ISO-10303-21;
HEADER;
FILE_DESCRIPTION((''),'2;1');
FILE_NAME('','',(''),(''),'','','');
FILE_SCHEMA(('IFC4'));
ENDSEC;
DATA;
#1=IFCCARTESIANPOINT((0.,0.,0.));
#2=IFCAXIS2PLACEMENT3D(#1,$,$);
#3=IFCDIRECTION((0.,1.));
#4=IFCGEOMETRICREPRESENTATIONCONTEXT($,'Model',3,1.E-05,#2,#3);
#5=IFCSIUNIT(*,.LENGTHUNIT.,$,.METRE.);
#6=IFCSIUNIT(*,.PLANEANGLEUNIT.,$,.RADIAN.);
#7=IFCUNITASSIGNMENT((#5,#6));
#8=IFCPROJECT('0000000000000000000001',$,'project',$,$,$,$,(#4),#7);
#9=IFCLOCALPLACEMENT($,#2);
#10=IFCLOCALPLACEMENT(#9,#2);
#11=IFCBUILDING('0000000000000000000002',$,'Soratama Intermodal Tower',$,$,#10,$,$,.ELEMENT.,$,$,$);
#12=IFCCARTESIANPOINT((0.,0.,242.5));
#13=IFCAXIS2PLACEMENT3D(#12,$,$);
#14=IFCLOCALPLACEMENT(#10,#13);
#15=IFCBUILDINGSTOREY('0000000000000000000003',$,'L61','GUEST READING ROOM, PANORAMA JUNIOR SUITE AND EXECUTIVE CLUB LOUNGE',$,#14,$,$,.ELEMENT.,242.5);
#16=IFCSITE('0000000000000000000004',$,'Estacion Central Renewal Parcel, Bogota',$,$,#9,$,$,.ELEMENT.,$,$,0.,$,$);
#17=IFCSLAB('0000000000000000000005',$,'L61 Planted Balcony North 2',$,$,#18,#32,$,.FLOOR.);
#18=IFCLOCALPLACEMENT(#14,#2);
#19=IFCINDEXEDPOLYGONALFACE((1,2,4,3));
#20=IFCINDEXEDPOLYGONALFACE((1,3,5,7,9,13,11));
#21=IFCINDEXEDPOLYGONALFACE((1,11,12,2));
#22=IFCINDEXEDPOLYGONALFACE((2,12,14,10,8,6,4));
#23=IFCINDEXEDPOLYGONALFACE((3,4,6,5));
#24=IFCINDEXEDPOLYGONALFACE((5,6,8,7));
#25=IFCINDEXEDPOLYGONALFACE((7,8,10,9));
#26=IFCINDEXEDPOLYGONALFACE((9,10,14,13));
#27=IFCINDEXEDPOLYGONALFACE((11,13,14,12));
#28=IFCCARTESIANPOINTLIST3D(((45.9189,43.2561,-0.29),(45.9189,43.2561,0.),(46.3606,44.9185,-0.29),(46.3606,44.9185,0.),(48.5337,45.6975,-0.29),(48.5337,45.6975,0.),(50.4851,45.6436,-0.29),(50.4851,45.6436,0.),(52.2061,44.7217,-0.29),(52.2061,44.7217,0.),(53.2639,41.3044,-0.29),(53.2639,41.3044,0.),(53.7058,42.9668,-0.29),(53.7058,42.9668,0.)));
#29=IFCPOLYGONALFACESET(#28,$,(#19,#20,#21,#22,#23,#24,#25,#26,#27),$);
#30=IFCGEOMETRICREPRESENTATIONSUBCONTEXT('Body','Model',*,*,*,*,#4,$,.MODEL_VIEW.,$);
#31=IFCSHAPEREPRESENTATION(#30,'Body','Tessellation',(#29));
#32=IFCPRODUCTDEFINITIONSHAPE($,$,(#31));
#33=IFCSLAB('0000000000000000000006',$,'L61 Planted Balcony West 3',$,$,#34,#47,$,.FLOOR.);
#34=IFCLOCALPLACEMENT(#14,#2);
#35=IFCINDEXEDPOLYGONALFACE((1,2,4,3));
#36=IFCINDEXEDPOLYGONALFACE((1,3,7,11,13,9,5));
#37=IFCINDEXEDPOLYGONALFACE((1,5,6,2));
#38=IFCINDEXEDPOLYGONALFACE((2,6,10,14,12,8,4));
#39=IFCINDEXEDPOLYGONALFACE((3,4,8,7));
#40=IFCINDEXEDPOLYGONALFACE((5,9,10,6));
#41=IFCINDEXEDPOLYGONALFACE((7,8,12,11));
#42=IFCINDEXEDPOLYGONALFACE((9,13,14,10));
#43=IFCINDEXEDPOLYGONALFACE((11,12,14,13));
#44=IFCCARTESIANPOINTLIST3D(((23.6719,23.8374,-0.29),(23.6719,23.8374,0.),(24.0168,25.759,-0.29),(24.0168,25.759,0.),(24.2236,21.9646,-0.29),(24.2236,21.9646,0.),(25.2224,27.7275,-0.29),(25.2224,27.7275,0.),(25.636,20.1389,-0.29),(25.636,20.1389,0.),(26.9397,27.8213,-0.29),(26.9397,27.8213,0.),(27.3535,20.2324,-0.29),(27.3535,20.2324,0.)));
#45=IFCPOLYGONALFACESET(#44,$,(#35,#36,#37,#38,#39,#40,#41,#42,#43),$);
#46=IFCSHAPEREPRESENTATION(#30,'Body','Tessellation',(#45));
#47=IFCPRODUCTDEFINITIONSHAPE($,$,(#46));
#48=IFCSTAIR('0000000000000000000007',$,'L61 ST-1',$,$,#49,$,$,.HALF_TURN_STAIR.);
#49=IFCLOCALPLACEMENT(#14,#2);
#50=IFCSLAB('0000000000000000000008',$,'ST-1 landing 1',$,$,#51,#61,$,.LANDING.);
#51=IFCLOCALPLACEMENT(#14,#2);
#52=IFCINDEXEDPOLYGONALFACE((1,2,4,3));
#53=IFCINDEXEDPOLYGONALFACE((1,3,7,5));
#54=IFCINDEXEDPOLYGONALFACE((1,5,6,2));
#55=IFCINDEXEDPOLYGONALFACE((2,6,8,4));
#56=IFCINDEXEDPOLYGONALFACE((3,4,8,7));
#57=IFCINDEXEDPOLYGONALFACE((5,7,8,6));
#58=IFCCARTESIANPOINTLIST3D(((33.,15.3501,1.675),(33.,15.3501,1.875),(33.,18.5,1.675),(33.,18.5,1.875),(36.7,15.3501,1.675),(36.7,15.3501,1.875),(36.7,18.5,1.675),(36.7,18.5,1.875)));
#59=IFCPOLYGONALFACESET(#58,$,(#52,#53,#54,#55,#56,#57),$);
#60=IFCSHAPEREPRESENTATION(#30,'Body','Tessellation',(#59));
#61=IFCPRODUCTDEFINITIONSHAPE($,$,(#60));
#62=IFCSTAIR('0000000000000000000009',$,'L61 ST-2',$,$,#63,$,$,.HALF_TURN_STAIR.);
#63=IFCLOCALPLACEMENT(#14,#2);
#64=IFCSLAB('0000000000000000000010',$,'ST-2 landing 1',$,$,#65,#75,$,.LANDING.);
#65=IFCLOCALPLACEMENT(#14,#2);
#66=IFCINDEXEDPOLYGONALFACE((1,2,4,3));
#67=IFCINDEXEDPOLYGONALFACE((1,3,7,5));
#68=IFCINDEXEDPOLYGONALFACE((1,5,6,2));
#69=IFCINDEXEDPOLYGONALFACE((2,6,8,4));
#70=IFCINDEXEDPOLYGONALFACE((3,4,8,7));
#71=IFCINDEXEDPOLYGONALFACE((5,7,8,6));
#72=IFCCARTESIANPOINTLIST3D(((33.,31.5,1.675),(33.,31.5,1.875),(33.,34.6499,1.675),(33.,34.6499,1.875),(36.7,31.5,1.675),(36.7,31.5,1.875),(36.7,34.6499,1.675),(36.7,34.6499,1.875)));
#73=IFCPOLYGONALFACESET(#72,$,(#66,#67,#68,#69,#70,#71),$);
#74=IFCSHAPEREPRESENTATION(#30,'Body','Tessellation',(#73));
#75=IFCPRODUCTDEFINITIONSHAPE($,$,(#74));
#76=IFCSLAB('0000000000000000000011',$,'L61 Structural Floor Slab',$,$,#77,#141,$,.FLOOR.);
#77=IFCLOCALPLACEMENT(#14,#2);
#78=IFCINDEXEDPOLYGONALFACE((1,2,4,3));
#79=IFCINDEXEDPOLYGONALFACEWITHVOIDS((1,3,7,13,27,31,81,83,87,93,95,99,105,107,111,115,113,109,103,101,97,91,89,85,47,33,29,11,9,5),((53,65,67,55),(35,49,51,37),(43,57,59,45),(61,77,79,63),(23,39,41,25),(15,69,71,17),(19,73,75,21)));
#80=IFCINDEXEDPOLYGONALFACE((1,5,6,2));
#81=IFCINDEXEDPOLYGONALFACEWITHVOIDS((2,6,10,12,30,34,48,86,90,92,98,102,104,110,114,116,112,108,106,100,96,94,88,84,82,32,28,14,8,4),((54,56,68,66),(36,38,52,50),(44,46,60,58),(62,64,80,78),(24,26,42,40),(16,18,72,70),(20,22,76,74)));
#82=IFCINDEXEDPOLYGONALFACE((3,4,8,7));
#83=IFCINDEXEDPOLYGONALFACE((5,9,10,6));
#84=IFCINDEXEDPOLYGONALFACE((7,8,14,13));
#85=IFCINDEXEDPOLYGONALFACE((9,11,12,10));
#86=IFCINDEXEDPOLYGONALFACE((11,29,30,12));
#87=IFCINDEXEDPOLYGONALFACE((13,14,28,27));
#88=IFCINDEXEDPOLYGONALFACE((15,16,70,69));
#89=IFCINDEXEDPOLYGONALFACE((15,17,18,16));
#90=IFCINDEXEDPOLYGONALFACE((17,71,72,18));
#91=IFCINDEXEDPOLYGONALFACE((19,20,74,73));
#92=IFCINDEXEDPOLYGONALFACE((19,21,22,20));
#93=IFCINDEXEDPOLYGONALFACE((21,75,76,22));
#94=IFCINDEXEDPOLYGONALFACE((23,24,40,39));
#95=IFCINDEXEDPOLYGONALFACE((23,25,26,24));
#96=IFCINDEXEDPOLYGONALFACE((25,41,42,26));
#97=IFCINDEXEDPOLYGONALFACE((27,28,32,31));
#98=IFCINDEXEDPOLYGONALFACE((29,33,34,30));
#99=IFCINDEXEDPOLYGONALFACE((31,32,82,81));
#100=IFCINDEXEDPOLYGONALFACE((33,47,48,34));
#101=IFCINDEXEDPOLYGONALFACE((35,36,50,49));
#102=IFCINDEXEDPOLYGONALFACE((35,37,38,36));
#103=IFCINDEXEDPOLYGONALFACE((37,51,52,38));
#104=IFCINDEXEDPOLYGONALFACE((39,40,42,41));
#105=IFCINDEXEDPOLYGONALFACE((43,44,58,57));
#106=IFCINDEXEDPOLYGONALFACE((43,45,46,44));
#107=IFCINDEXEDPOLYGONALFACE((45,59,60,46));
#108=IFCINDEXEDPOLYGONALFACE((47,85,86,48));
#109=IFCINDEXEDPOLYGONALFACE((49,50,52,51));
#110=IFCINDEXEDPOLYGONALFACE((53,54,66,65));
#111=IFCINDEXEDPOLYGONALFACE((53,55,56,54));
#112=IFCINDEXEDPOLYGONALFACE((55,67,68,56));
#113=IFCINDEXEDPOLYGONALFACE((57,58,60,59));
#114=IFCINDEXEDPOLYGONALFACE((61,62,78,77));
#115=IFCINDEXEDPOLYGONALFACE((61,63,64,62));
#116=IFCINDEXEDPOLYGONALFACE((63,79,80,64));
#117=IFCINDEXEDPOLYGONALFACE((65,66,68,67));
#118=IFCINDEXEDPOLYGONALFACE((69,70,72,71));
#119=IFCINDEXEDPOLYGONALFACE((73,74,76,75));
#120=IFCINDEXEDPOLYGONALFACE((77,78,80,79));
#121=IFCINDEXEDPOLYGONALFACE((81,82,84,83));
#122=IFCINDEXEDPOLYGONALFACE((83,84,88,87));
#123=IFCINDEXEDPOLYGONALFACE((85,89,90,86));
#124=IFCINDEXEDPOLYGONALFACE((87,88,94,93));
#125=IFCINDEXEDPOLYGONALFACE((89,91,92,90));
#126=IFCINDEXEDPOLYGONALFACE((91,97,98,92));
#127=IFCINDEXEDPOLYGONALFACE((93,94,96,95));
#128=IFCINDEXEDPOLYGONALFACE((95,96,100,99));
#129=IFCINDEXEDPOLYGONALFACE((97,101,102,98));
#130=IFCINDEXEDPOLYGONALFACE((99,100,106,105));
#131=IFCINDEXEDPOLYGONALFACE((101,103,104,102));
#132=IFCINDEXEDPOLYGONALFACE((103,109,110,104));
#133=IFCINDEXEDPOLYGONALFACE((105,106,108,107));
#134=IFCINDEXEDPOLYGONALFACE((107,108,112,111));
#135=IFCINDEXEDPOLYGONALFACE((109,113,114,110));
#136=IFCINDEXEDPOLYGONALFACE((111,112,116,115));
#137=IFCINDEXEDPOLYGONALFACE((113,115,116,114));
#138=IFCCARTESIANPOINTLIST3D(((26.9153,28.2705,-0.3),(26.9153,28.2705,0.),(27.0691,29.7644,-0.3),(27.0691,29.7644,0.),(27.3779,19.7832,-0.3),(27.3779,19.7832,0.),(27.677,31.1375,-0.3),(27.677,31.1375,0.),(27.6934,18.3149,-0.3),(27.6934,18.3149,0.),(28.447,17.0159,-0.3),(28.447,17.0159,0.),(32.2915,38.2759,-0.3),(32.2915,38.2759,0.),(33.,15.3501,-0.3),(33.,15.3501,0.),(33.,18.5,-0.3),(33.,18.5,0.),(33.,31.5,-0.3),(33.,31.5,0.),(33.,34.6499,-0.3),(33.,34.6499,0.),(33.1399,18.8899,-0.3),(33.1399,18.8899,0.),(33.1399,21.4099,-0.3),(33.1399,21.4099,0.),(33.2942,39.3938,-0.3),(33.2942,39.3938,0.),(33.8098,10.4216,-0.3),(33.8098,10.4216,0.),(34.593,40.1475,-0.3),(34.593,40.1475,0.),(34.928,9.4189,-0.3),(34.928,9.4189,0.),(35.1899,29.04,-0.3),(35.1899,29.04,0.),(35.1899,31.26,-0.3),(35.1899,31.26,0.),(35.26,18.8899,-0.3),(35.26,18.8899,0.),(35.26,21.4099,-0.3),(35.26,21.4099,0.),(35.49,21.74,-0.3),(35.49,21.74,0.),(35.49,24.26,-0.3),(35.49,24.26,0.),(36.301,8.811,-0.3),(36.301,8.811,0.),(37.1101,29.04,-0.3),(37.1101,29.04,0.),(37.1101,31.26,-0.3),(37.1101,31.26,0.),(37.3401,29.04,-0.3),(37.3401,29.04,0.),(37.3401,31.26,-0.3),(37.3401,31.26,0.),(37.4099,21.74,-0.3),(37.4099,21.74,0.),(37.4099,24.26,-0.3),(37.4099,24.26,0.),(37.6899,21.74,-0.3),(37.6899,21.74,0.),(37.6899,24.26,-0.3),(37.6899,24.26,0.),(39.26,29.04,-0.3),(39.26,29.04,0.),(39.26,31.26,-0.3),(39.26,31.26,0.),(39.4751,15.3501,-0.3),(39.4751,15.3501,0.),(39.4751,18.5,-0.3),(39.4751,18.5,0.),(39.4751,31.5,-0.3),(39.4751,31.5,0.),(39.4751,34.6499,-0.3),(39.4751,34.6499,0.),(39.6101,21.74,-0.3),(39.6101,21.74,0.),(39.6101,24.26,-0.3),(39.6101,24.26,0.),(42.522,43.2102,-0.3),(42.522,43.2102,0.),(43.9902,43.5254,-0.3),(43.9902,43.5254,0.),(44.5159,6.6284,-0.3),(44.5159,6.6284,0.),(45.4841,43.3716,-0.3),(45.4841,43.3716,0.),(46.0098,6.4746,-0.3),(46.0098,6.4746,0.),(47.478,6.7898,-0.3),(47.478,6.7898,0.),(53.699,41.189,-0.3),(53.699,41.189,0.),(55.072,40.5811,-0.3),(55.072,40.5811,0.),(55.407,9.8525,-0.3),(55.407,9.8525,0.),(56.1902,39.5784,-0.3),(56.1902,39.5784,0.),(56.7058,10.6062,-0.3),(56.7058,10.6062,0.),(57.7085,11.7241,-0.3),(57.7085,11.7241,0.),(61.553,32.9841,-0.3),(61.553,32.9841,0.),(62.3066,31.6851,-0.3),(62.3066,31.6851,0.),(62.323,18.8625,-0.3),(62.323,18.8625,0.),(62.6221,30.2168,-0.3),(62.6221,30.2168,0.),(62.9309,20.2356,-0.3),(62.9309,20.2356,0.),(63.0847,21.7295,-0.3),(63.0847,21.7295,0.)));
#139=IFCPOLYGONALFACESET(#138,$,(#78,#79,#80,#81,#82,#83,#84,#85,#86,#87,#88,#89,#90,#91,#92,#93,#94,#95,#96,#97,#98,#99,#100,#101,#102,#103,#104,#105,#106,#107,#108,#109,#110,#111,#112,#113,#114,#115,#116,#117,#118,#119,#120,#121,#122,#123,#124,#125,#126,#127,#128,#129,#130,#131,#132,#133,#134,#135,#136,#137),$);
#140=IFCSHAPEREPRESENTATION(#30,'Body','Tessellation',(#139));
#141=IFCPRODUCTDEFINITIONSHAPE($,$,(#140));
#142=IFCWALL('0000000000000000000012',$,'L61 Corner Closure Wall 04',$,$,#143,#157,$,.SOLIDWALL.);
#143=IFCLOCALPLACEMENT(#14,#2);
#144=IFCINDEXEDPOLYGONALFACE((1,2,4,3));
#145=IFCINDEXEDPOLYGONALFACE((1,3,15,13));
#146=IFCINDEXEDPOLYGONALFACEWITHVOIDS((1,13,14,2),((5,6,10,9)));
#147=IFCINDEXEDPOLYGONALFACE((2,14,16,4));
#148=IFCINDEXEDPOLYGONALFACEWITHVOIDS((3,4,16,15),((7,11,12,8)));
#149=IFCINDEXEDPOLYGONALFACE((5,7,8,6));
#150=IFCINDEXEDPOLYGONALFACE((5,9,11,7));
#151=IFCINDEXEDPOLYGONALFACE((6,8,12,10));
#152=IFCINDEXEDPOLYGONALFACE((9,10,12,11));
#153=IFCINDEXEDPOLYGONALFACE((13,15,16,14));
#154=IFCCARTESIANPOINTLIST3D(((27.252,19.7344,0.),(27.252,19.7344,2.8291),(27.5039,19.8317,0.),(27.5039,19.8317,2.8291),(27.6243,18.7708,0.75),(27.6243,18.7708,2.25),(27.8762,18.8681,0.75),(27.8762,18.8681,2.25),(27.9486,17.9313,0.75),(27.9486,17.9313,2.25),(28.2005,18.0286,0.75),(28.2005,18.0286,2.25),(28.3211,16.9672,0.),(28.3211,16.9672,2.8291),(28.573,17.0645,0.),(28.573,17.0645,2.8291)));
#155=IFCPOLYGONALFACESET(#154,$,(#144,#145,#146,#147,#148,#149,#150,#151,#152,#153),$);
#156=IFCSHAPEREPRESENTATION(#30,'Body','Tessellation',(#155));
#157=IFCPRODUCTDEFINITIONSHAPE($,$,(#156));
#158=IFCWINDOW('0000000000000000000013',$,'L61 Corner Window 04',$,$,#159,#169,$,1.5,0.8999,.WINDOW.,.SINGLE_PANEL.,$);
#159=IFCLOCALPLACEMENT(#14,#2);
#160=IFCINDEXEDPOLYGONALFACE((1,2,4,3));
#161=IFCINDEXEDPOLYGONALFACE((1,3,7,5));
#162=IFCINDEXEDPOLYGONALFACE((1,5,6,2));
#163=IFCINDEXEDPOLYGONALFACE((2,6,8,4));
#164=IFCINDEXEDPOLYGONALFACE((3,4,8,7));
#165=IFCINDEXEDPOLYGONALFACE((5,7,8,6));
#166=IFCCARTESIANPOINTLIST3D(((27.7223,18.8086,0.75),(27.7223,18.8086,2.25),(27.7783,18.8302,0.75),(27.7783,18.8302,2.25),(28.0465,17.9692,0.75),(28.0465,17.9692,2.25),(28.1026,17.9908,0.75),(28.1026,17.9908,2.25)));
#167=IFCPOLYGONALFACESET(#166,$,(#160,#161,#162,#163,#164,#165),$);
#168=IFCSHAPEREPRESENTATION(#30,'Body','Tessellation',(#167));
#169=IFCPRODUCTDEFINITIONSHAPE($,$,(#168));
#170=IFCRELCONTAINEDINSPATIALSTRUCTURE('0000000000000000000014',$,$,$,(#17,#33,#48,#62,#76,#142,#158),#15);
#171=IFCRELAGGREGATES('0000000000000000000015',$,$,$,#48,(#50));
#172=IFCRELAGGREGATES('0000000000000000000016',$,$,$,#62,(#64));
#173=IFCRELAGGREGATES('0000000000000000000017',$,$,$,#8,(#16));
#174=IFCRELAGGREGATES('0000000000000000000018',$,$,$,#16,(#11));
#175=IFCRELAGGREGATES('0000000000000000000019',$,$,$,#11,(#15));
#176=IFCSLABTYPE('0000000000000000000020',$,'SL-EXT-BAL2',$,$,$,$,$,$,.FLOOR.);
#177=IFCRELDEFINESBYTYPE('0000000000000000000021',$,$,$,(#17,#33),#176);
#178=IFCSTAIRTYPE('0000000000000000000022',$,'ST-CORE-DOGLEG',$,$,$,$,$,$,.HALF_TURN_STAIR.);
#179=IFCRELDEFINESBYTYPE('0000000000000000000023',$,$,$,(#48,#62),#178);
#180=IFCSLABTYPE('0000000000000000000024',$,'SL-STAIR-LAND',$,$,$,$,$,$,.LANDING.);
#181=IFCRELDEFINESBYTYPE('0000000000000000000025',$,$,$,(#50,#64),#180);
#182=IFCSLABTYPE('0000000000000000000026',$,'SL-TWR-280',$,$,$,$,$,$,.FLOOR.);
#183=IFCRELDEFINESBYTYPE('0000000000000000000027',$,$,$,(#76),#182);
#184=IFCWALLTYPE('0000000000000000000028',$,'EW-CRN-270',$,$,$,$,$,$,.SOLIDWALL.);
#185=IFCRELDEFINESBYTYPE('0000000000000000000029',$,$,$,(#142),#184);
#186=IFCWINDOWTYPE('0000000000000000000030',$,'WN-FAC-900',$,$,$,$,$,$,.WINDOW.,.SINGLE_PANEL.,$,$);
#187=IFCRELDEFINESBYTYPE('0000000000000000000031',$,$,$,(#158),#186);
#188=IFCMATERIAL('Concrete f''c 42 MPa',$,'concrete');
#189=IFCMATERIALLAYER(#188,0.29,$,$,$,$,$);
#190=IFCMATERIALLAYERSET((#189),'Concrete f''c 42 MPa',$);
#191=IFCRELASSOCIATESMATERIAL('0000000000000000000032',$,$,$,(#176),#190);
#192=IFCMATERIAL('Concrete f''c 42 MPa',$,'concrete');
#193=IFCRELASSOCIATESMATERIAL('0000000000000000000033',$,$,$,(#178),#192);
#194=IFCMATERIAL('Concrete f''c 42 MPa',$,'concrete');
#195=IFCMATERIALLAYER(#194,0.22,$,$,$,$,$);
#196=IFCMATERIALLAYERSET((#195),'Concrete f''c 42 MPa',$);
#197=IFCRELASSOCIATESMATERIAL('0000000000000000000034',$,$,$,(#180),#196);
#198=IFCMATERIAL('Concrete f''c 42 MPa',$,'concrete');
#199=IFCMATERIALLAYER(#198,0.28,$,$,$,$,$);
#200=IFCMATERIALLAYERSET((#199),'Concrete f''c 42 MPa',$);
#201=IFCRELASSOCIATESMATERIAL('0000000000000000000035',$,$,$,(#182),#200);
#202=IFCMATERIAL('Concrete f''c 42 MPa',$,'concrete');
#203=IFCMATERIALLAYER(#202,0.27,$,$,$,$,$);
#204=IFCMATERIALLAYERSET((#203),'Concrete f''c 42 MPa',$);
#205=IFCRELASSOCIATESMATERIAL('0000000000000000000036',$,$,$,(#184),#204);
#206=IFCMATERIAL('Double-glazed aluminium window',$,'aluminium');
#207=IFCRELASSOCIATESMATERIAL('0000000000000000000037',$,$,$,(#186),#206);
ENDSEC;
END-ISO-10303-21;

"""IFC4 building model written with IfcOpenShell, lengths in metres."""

from ifc_helpers import new_model, si_unit, direction, frame, frame_2d, origin, place, context, subcontext, project, spatial, polyline, rectangle, outline, extrude, material, layer, layer_set, type_object, element, fill, aggregate, save


model = new_model("IFC4")

# Units and contexts
model_context = context("Model", 3, precision=1e-05, world=origin(), true_north=direction((0.0, 1.0)))
body_context = subcontext(model_context, "Body", "Model", "MODEL_VIEW")
ifc_project = project(units=[si_unit("LENGTHUNIT", "METRE"), si_unit("PLANEANGLEUNIT", "RADIAN")], contexts=[model_context])

# Site, building, storey
site_placement = place(None, origin())
site = spatial("IfcSite", under=ifc_project, at=site_placement, Name="Estacion Central Renewal Parcel, Bogota", CompositionType="ELEMENT", RefElevation=0.0)
building_placement = place(site_placement, origin())
building = spatial("IfcBuilding", under=site, at=building_placement, Name="Soratama Intermodal Tower", CompositionType="ELEMENT")
storey_placement = place(building_placement, frame((0.0, 0.0, 242.5)))
storey = spatial("IfcBuildingStorey", under=building, at=storey_placement, Name="L61", Description="GUEST READING ROOM, PANORAMA JUNIOR SUITE AND EXECUTIVE CLUB LOUNGE", CompositionType="ELEMENT", Elevation=242.5)

# Slabs
ifc_material_1 = material(Name="Concrete f'c 42 MPa", Category="concrete")
ifc_layer_1 = layer(ifc_material_1, 0.29)
ifc_layer_set_1 = layer_set([ifc_layer_1], Name="Concrete f'c 42 MPa")
slab_type_1 = type_object("IfcSlabType", Name="SL-EXT-BAL2", PredefinedType="FLOOR", material=ifc_layer_set_1)
slab_1_placement = place(storey_placement, frame((0.0, 0.0, -0.29)))
element("IfcSlab", 1, at=slab_1_placement, inside=storey, type_object=slab_type_1, Name="L61 Planted Balcony North 2", PredefinedType="FLOOR", context=body_context, shape_type="SweptSolid", body=[
    extrude(outline(polyline([(53.2639, 41.3044), (45.9189, 43.2561), (46.3606, 44.9185), (48.5337, 45.6975), (50.4851, 45.6436), (52.2061, 44.7217), (53.7058, 42.9668), (53.2639, 41.3044)])), origin(), (0.0, 0.0, 1.0), 0.29),
])
slab_2_placement = place(storey_placement, frame((0.0, 0.0, -0.29)))
element("IfcSlab", 2, at=slab_2_placement, inside=storey, type_object=slab_type_1, Name="L61 Planted Balcony West 3", PredefinedType="FLOOR", context=body_context, shape_type="SweptSolid", body=[
    extrude(outline(polyline([(26.9397, 27.8213), (27.3535, 20.2324), (25.636, 20.1389), (24.2236, 21.9646), (23.6719, 23.8374), (24.0168, 25.759), (25.2224, 27.7275), (26.9397, 27.8213)])), origin(), (0.0, 0.0, 1.0), 0.29),
])

# Stairs, slabs
ifc_material_2 = material(Name="Concrete f'c 42 MPa", Category="concrete")
stair_type = type_object("IfcStairType", Name="ST-CORE-DOGLEG", PredefinedType="HALF_TURN_STAIR", material=ifc_material_2)
stair_1_placement = place(storey_placement, origin())
stair_1 = element("IfcStair", 3, at=stair_1_placement, inside=storey, type_object=stair_type, Name="L61 ST-1", PredefinedType="HALF_TURN_STAIR")
ifc_material_3 = material(Name="Concrete f'c 42 MPa", Category="concrete")
ifc_layer_2 = layer(ifc_material_3, 0.22)
ifc_layer_set_2 = layer_set([ifc_layer_2], Name="Concrete f'c 42 MPa")
slab_type_2 = type_object("IfcSlabType", Name="SL-STAIR-LAND", PredefinedType="LANDING", material=ifc_layer_set_2)
slab_3_placement = place(storey_placement, frame((0.0, 0.0, 1.675)))
slab_3 = element("IfcSlab", 4, at=slab_3_placement, type_object=slab_type_2, Name="ST-1 landing 1", PredefinedType="LANDING", context=body_context, shape_type="SweptSolid", body=[
    extrude(outline(polyline([(36.7, 18.5), (33.0, 18.5), (33.0, 15.3501), (36.7, 15.3501), (36.7, 18.5)])), origin(), (0.0, 0.0, 1.0), 0.2),
])
aggregate(stair_1, [slab_3])
stair_2_placement = place(storey_placement, origin())
stair_2 = element("IfcStair", 5, at=stair_2_placement, inside=storey, type_object=stair_type, Name="L61 ST-2", PredefinedType="HALF_TURN_STAIR")
slab_4_placement = place(storey_placement, frame((0.0, 0.0, 1.675)))
slab_4 = element("IfcSlab", 6, at=slab_4_placement, type_object=slab_type_2, Name="ST-2 landing 1", PredefinedType="LANDING", context=body_context, shape_type="SweptSolid", body=[
    extrude(outline(polyline([(36.7, 34.6499), (33.0, 34.6499), (33.0, 31.5), (36.7, 31.5), (36.7, 34.6499)])), origin(), (0.0, 0.0, 1.0), 0.2),
])
aggregate(stair_2, [slab_4])

# Slab
ifc_material_4 = material(Name="Concrete f'c 42 MPa", Category="concrete")
ifc_layer_3 = layer(ifc_material_4, 0.28)
ifc_layer_set_3 = layer_set([ifc_layer_3], Name="Concrete f'c 42 MPa")
slab_type_3 = type_object("IfcSlabType", Name="SL-TWR-280", PredefinedType="FLOOR", material=ifc_layer_set_3)
slab_5_placement = place(storey_placement, frame((0.0, 0.0, -0.3)))
element("IfcSlab", 7, at=slab_5_placement, inside=storey, type_object=slab_type_3, Name="L61 Structural Floor Slab", PredefinedType="FLOOR", context=body_context, shape_type="SweptSolid", body=[
    extrude(outline(polyline([(56.1902, 39.5784), (55.072, 40.5811), (53.699, 41.189), (45.4841, 43.3716), (43.9902, 43.5254), (42.522, 43.2102), (34.593, 40.1475), (33.2942, 39.3938), (32.2915, 38.2759), (27.677, 31.1375), (27.0691, 29.7644), (26.9153, 28.2705), (27.3779, 19.7832), (27.6934, 18.3149), (28.447, 17.0159), (33.8098, 10.4216), (34.928, 9.4189), (36.301, 8.811), (44.5159, 6.6284), (46.0098, 6.4746), (47.478, 6.7898), (55.407, 9.8525), (56.7058, 10.6062), (57.7085, 11.7241), (62.323, 18.8625), (62.9309, 20.2356), (63.0847, 21.7295), (62.6221, 30.2168), (62.3066, 31.6851), (61.553, 32.9841), (56.1902, 39.5784)]), holes=[polyline([(33.0, 15.3501), (39.4751, 15.3501), (39.4751, 18.5), (33.0, 18.5), (33.0, 15.3501)]), polyline([(35.26, 21.4099), (33.1399, 21.4099), (33.1399, 18.8899), (35.26, 18.8899), (35.26, 21.4099)]), polyline([(37.4099, 24.26), (35.49, 24.26), (35.49, 21.74), (37.4099, 21.74), (37.4099, 24.26)]), polyline([(39.6101, 24.26), (37.6899, 24.26), (37.6899, 21.74), (39.6101, 21.74), (39.6101, 24.26)]), polyline([(37.1101, 31.26), (35.1899, 31.26), (35.1899, 29.04), (37.1101, 29.04), (37.1101, 31.26)]), polyline([(39.26, 31.26), (37.3401, 31.26), (37.3401, 29.04), (39.26, 29.04), (39.26, 31.26)]), polyline([(33.0, 34.6499), (33.0, 31.5), (39.4751, 31.5), (39.4751, 34.6499), (33.0, 34.6499)])]), origin(), (0.0, 0.0, 1.0), 0.3),
])

# Wall, opening, window
ifc_material_5 = material(Name="Concrete f'c 42 MPa", Category="concrete")
ifc_layer_4 = layer(ifc_material_5, 0.27)
ifc_layer_set_4 = layer_set([ifc_layer_4], Name="Concrete f'c 42 MPa")
wall_type_1 = type_object("IfcWallType", Name="EW-CRN-270", PredefinedType="SOLIDWALL", material=ifc_layer_set_4)
wall_1_placement = place(storey_placement, frame((27.3779, 19.7832, 0.0), z_axis=(0.0, 0.0, 1.0), x_axis=(0.360368, -0.93281, 0.0)))
wall_1 = element("IfcWall", 8, at=wall_1_placement, inside=storey, type_object=wall_type_1, Name="L61 Corner Closure Wall 04", PredefinedType="SOLIDWALL", context=body_context, shape_type="SweptSolid", body=[
    extrude(rectangle(XDim=2.9666, YDim=0.27, at=frame_2d((1.4834, 0.0))), origin(), (0.0, 0.0, 1.0), 2.8291),
])
opening_1_placement = place(wall_1_placement, frame((1.0332, 0.0, 0.75)))
opening_1 = element("IfcOpeningElement", 9, at=opening_1_placement, cuts=wall_1, PredefinedType="OPENING", context=body_context, shape_type="SweptSolid", body=[
    extrude(rectangle(XDim=0.8999, YDim=1.5, at=frame_2d((0.45, 0.75))), frame((0.0, 0.145, 0.0), z_axis=(0.0, -1.0, 0.0), x_axis=(1.0, 0.0, 0.0)), (0.0, 0.0, 1.0), 0.29),
])
ifc_material_6 = material(Name="Double-glazed aluminium window", Category="aluminium")
window_type = type_object("IfcWindowType", Name="WN-FAC-900", PartitioningType="SINGLE_PANEL", PredefinedType="WINDOW", material=ifc_material_6)
window_placement = place(opening_1_placement, origin())
window = element("IfcWindow", 10, at=window_placement, inside=storey, type_object=window_type, Name="L61 Corner Window 04", OverallHeight=1.5, OverallWidth=0.8999, PartitioningType="SINGLE_PANEL", PredefinedType="WINDOW", context=body_context, shape_type="SweptSolid", body=[
    extrude(rectangle(XDim=0.8999, YDim=1.5, at=frame_2d((0.45, 0.75))), frame((0.0, 0.03, 0.0), z_axis=(0.0, -1.0, 0.0), x_axis=(1.0, 0.0, 0.0)), (0.0, 0.0, 1.0), 0.0601),
])
fill(opening_1, window)

save(model, "model.ifc")
